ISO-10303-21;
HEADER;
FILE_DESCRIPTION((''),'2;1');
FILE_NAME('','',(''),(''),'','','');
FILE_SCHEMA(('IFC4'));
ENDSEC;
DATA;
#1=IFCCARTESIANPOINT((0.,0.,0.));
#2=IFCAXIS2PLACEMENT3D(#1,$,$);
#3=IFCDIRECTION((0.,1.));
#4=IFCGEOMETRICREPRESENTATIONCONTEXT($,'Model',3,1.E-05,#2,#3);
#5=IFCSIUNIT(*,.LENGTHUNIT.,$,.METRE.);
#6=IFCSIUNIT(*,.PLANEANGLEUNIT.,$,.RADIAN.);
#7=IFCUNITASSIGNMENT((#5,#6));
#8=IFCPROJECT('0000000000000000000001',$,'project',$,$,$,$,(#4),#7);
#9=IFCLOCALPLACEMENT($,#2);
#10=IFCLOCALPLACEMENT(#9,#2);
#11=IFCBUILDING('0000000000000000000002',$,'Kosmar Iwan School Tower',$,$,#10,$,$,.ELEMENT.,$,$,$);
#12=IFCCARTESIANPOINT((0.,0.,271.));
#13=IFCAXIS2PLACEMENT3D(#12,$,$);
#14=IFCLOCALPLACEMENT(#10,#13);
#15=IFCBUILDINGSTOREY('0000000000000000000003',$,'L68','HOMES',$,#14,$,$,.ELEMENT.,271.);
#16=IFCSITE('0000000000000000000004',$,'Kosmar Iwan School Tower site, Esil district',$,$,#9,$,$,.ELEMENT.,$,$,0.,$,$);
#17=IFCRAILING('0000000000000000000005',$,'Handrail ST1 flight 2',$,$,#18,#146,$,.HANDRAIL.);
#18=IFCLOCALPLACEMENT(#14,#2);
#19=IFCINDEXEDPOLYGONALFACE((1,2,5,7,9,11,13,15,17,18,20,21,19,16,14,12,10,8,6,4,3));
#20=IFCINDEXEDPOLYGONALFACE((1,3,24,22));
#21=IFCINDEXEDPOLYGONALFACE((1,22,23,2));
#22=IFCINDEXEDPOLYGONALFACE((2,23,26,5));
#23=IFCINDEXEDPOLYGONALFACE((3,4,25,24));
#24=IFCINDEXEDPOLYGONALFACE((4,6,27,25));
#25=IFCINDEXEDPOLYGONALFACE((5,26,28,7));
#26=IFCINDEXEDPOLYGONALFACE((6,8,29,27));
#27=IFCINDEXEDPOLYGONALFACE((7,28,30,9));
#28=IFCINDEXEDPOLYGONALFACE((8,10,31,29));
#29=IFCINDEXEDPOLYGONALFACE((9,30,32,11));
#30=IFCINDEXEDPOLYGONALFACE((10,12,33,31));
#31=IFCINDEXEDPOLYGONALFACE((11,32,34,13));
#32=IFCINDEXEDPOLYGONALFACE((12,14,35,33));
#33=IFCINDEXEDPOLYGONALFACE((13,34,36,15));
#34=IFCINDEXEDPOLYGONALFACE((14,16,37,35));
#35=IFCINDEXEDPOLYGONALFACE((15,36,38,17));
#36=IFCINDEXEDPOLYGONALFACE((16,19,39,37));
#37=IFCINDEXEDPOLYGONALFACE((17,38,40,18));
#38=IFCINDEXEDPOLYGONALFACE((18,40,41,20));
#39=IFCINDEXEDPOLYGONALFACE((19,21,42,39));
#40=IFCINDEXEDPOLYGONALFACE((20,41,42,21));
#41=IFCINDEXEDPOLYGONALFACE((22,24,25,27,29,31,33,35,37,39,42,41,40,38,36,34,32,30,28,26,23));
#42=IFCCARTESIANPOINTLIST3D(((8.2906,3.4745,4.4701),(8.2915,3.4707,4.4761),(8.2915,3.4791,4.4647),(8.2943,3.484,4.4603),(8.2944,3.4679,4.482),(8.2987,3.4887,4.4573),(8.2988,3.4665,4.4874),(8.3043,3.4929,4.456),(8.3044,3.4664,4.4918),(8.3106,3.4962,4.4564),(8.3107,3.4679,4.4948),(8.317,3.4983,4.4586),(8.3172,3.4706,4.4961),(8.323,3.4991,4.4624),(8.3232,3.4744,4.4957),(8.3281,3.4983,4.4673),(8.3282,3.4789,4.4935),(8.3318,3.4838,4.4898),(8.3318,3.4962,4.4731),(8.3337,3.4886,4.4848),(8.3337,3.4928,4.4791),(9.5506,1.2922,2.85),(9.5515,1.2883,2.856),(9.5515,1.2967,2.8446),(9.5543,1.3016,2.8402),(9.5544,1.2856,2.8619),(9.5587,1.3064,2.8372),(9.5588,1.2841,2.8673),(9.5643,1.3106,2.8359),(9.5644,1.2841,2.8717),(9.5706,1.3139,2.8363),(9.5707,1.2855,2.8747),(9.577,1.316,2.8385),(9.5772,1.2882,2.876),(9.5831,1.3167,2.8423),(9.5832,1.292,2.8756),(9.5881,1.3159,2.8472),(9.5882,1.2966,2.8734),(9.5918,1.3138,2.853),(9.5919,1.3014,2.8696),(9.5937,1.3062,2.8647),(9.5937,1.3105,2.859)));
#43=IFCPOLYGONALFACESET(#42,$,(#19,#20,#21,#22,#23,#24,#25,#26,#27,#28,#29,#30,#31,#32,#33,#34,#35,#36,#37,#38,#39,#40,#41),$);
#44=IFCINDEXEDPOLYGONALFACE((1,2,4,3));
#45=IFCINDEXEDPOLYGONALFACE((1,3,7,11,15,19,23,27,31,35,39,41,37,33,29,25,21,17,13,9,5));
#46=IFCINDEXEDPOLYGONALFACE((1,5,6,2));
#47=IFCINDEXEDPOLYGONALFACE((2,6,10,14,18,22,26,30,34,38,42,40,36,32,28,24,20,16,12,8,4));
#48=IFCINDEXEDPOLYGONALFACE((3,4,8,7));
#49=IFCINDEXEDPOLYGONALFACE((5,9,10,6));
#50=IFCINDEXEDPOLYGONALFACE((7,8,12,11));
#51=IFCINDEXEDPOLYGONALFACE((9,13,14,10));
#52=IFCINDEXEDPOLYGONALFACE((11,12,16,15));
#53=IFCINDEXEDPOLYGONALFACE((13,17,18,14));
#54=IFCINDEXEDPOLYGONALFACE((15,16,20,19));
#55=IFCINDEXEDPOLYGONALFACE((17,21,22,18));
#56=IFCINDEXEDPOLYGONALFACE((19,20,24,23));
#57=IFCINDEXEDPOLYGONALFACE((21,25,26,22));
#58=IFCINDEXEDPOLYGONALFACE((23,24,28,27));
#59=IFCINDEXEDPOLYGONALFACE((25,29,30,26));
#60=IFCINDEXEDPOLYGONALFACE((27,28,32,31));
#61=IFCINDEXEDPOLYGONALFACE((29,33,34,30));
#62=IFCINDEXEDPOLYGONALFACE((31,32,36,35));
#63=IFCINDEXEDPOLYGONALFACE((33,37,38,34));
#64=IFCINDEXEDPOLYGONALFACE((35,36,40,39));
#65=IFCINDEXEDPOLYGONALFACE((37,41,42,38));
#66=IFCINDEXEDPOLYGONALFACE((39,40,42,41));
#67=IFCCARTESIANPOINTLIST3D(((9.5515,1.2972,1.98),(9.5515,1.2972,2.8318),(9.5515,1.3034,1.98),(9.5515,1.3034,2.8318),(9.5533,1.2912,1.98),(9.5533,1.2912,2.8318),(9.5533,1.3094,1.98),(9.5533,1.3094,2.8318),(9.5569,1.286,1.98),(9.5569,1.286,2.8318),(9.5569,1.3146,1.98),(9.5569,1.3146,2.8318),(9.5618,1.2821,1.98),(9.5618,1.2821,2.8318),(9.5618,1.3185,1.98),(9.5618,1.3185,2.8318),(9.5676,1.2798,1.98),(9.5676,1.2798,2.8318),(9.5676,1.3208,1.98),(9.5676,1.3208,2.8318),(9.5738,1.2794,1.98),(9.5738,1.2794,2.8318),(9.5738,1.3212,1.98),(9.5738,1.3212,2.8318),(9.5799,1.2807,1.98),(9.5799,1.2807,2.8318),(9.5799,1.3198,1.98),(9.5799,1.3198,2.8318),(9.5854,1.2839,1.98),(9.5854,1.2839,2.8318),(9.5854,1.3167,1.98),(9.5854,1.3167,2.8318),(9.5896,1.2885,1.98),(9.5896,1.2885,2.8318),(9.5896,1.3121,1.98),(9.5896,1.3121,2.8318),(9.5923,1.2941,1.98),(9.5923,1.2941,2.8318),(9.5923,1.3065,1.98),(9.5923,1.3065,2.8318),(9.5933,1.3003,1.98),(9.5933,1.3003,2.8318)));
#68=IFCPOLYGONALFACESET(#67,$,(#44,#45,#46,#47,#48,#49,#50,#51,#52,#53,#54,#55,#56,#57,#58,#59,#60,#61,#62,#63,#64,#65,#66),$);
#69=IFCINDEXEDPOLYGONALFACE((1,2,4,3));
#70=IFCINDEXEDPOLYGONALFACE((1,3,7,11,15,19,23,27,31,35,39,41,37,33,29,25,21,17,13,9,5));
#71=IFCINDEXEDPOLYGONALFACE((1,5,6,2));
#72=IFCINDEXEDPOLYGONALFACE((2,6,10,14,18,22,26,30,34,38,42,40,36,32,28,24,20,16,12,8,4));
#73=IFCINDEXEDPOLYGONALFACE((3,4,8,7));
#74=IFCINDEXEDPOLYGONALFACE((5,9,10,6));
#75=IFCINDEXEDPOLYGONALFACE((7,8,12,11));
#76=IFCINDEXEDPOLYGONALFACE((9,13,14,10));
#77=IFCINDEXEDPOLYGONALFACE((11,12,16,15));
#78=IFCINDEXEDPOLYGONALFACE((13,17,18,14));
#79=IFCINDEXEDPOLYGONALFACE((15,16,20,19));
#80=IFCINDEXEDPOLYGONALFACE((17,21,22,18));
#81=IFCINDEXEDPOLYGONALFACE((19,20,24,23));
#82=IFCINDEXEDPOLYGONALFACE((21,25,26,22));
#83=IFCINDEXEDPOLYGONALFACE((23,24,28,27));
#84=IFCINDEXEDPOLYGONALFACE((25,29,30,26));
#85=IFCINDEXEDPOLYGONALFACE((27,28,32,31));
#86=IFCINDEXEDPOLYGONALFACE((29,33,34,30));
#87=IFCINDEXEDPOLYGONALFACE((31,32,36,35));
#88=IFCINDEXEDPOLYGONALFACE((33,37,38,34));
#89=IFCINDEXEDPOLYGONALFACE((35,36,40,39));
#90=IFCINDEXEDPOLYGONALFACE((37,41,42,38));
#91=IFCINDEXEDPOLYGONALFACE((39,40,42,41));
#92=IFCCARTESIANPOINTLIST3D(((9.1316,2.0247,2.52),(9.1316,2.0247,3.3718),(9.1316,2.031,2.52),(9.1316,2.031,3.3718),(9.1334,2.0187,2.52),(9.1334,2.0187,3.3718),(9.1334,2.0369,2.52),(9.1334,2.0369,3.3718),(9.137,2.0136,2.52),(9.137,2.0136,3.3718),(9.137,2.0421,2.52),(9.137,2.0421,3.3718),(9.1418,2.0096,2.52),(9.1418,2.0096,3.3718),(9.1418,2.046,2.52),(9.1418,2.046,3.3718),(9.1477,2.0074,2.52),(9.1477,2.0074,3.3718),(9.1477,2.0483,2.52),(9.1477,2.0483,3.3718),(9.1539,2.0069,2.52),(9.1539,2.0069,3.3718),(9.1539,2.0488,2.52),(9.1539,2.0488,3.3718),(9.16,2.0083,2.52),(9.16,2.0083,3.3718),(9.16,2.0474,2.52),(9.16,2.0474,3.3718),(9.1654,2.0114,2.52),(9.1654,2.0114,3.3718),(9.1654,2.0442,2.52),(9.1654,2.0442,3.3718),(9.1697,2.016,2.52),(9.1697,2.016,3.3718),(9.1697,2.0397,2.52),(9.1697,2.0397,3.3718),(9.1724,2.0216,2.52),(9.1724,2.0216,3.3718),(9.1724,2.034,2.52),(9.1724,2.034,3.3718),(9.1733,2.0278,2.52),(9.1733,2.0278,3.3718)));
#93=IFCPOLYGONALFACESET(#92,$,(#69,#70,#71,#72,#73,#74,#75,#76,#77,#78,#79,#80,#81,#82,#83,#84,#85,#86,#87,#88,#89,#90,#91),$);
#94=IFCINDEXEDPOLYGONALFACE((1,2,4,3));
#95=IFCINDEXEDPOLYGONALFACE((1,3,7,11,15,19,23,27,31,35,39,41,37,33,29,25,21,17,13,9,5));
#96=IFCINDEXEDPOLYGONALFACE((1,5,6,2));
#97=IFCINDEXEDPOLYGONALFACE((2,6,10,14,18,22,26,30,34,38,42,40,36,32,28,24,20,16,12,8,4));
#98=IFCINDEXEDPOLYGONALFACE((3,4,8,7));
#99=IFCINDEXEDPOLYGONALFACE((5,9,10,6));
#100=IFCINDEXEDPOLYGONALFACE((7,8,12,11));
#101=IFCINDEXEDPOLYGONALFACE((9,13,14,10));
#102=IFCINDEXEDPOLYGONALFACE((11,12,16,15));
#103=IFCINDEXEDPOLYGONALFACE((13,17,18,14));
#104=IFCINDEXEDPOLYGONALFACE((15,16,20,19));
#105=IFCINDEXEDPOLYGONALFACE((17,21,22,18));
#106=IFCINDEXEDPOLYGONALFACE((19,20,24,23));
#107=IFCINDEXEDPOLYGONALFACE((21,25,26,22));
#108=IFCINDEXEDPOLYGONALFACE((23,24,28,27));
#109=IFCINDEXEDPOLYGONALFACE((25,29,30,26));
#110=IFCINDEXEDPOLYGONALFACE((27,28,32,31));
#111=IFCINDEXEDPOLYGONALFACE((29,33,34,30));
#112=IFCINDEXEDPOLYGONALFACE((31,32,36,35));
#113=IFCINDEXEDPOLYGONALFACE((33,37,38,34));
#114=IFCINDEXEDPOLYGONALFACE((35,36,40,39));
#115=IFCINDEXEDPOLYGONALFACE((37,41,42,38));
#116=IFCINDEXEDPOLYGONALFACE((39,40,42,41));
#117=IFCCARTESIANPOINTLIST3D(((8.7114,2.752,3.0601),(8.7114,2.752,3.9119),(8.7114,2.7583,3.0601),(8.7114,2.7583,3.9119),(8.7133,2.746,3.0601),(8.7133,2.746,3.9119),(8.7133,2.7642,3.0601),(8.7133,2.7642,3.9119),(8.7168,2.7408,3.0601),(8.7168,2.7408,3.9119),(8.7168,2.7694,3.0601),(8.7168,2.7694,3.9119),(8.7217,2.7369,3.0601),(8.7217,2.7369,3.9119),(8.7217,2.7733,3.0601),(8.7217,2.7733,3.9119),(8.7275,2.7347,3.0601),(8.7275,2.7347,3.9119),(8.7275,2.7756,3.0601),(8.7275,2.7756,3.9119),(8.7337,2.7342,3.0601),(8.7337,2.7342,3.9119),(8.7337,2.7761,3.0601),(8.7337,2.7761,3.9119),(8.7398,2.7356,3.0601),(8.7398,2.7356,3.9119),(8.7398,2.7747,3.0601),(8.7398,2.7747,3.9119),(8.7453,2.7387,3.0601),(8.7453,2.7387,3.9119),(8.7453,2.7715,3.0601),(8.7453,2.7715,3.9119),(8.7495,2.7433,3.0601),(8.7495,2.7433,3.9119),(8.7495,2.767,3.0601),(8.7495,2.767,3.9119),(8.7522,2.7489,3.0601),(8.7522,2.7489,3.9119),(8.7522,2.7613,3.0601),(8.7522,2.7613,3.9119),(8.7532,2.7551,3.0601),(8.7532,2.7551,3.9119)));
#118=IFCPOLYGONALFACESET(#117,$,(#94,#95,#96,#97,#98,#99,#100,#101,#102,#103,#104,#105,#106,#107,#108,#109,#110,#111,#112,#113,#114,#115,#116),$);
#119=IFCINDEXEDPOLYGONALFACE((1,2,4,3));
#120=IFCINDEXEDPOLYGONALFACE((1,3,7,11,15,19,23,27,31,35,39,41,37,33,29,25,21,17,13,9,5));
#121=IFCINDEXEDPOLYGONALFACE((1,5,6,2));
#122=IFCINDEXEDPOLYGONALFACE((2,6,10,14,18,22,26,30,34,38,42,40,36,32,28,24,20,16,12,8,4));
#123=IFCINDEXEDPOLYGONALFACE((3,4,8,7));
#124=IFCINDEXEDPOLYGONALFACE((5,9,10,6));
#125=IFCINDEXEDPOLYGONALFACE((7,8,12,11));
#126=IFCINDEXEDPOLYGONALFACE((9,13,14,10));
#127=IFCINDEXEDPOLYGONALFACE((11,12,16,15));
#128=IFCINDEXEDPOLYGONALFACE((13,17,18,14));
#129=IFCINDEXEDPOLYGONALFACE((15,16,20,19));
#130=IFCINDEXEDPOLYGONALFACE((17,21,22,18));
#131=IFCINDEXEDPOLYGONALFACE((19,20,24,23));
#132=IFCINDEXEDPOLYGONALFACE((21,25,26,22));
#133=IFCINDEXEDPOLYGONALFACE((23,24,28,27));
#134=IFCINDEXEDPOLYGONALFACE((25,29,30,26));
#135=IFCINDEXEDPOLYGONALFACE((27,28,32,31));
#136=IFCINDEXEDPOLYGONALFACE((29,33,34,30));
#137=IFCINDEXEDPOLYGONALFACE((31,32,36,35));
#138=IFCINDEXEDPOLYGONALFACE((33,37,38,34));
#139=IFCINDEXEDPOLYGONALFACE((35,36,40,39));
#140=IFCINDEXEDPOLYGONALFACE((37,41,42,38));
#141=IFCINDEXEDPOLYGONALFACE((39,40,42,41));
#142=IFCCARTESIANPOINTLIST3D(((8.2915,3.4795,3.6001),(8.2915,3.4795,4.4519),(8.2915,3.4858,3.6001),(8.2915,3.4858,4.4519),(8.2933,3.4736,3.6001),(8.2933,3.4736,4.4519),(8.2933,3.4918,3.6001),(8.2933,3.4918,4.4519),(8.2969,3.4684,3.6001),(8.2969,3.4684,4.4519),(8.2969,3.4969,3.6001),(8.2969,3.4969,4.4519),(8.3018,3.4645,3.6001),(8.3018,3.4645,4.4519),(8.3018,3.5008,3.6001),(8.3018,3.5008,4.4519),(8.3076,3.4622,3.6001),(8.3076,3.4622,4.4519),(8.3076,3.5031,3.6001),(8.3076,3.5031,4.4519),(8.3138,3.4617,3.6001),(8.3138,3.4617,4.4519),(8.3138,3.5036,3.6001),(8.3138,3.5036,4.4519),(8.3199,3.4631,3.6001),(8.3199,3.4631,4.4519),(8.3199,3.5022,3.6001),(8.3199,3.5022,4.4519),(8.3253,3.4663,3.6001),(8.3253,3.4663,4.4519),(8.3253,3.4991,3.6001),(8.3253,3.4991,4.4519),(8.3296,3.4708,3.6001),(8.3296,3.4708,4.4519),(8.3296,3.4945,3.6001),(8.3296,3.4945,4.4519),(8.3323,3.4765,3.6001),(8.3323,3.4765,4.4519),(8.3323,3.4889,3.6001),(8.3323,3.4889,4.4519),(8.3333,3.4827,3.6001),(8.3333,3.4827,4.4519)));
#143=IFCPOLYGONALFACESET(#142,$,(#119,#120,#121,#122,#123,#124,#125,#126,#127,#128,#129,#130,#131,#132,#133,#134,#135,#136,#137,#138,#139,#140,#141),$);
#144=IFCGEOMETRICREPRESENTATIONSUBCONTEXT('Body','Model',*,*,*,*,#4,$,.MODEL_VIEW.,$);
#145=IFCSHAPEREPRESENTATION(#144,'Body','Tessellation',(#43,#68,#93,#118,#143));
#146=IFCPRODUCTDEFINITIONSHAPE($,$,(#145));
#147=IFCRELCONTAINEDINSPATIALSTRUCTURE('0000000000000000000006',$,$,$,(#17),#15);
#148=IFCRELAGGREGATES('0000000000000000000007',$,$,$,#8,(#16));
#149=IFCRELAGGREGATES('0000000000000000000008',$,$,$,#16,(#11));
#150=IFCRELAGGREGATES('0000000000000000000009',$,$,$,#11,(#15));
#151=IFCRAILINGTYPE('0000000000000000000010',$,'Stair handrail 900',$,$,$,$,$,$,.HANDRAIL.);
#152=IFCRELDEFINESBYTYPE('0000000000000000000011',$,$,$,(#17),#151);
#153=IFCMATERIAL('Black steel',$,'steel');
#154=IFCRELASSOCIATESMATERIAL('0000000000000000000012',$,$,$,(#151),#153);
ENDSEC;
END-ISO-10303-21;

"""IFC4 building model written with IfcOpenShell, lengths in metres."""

from ifc_helpers import new_model, si_unit, direction, frame, origin, origin_2d, place, context, subcontext, project, spatial, circle, extrude, material, type_object, element, save


model = new_model("IFC4")

# Units and contexts
model_context = context("Model", 3, precision=1e-05, world=origin(), true_north=direction((0.0, 1.0)))
body_context = subcontext(model_context, "Body", "Model", "MODEL_VIEW")
ifc_project = project(units=[si_unit("LENGTHUNIT", "METRE"), si_unit("PLANEANGLEUNIT", "RADIAN")], contexts=[model_context])

# Site, building, storey
site_placement = place(None, origin())
site = spatial("IfcSite", under=ifc_project, at=site_placement, Name="Kosmar Iwan School Tower site, Esil district", CompositionType="ELEMENT", RefElevation=0.0)
building_placement = place(site_placement, origin())
building = spatial("IfcBuilding", under=site, at=building_placement, Name="Kosmar Iwan School Tower", CompositionType="ELEMENT")
storey_placement = place(building_placement, frame((0.0, 0.0, 271.0)))
storey = spatial("IfcBuildingStorey", under=building, at=storey_placement, Name="L68", Description="HOMES", CompositionType="ELEMENT", Elevation=271.0)

# Railing
ifc_material_1 = material(Name="Black steel", Category="steel")
railing_type = type_object("IfcRailingType", Name="Stair handrail 900", PredefinedType="HANDRAIL", material=ifc_material_1)
railing_placement = place(storey_placement, frame((9.5723, 1.3003, 1.98)))
element("IfcRailing", 1, at=railing_placement, inside=storey, type_object=railing_type, Name="Handrail ST1 flight 2", PredefinedType="HANDRAIL", context=body_context, shape_type="SweptSolid", body=[
    extrude(circle(Radius=0.0239, at=origin_2d()), frame((0.0, 0.0, 0.876), z_axis=(-0.420584, 0.728464, 0.540786), x_axis=(-0.866023, -0.500005, 0.0)), (0.0, 0.0, 1.0), 2.9958),
    extrude(circle(Radius=0.021, at=origin_2d()), origin(), (0.0, 0.0, 1.0), 0.8518),
    extrude(circle(Radius=0.021, at=origin_2d()), frame((-0.4199, 0.7275, 0.54)), (0.0, 0.0, 1.0), 0.8518),
    extrude(circle(Radius=0.021, at=origin_2d()), frame((-0.8401, 1.4548, 1.0801)), (0.0, 0.0, 1.0), 0.8518),
    extrude(circle(Radius=0.021, at=origin_2d()), frame((-1.26, 2.1824, 1.6201)), (0.0, 0.0, 1.0), 0.8518),
])

save(model, "model.ifc")
